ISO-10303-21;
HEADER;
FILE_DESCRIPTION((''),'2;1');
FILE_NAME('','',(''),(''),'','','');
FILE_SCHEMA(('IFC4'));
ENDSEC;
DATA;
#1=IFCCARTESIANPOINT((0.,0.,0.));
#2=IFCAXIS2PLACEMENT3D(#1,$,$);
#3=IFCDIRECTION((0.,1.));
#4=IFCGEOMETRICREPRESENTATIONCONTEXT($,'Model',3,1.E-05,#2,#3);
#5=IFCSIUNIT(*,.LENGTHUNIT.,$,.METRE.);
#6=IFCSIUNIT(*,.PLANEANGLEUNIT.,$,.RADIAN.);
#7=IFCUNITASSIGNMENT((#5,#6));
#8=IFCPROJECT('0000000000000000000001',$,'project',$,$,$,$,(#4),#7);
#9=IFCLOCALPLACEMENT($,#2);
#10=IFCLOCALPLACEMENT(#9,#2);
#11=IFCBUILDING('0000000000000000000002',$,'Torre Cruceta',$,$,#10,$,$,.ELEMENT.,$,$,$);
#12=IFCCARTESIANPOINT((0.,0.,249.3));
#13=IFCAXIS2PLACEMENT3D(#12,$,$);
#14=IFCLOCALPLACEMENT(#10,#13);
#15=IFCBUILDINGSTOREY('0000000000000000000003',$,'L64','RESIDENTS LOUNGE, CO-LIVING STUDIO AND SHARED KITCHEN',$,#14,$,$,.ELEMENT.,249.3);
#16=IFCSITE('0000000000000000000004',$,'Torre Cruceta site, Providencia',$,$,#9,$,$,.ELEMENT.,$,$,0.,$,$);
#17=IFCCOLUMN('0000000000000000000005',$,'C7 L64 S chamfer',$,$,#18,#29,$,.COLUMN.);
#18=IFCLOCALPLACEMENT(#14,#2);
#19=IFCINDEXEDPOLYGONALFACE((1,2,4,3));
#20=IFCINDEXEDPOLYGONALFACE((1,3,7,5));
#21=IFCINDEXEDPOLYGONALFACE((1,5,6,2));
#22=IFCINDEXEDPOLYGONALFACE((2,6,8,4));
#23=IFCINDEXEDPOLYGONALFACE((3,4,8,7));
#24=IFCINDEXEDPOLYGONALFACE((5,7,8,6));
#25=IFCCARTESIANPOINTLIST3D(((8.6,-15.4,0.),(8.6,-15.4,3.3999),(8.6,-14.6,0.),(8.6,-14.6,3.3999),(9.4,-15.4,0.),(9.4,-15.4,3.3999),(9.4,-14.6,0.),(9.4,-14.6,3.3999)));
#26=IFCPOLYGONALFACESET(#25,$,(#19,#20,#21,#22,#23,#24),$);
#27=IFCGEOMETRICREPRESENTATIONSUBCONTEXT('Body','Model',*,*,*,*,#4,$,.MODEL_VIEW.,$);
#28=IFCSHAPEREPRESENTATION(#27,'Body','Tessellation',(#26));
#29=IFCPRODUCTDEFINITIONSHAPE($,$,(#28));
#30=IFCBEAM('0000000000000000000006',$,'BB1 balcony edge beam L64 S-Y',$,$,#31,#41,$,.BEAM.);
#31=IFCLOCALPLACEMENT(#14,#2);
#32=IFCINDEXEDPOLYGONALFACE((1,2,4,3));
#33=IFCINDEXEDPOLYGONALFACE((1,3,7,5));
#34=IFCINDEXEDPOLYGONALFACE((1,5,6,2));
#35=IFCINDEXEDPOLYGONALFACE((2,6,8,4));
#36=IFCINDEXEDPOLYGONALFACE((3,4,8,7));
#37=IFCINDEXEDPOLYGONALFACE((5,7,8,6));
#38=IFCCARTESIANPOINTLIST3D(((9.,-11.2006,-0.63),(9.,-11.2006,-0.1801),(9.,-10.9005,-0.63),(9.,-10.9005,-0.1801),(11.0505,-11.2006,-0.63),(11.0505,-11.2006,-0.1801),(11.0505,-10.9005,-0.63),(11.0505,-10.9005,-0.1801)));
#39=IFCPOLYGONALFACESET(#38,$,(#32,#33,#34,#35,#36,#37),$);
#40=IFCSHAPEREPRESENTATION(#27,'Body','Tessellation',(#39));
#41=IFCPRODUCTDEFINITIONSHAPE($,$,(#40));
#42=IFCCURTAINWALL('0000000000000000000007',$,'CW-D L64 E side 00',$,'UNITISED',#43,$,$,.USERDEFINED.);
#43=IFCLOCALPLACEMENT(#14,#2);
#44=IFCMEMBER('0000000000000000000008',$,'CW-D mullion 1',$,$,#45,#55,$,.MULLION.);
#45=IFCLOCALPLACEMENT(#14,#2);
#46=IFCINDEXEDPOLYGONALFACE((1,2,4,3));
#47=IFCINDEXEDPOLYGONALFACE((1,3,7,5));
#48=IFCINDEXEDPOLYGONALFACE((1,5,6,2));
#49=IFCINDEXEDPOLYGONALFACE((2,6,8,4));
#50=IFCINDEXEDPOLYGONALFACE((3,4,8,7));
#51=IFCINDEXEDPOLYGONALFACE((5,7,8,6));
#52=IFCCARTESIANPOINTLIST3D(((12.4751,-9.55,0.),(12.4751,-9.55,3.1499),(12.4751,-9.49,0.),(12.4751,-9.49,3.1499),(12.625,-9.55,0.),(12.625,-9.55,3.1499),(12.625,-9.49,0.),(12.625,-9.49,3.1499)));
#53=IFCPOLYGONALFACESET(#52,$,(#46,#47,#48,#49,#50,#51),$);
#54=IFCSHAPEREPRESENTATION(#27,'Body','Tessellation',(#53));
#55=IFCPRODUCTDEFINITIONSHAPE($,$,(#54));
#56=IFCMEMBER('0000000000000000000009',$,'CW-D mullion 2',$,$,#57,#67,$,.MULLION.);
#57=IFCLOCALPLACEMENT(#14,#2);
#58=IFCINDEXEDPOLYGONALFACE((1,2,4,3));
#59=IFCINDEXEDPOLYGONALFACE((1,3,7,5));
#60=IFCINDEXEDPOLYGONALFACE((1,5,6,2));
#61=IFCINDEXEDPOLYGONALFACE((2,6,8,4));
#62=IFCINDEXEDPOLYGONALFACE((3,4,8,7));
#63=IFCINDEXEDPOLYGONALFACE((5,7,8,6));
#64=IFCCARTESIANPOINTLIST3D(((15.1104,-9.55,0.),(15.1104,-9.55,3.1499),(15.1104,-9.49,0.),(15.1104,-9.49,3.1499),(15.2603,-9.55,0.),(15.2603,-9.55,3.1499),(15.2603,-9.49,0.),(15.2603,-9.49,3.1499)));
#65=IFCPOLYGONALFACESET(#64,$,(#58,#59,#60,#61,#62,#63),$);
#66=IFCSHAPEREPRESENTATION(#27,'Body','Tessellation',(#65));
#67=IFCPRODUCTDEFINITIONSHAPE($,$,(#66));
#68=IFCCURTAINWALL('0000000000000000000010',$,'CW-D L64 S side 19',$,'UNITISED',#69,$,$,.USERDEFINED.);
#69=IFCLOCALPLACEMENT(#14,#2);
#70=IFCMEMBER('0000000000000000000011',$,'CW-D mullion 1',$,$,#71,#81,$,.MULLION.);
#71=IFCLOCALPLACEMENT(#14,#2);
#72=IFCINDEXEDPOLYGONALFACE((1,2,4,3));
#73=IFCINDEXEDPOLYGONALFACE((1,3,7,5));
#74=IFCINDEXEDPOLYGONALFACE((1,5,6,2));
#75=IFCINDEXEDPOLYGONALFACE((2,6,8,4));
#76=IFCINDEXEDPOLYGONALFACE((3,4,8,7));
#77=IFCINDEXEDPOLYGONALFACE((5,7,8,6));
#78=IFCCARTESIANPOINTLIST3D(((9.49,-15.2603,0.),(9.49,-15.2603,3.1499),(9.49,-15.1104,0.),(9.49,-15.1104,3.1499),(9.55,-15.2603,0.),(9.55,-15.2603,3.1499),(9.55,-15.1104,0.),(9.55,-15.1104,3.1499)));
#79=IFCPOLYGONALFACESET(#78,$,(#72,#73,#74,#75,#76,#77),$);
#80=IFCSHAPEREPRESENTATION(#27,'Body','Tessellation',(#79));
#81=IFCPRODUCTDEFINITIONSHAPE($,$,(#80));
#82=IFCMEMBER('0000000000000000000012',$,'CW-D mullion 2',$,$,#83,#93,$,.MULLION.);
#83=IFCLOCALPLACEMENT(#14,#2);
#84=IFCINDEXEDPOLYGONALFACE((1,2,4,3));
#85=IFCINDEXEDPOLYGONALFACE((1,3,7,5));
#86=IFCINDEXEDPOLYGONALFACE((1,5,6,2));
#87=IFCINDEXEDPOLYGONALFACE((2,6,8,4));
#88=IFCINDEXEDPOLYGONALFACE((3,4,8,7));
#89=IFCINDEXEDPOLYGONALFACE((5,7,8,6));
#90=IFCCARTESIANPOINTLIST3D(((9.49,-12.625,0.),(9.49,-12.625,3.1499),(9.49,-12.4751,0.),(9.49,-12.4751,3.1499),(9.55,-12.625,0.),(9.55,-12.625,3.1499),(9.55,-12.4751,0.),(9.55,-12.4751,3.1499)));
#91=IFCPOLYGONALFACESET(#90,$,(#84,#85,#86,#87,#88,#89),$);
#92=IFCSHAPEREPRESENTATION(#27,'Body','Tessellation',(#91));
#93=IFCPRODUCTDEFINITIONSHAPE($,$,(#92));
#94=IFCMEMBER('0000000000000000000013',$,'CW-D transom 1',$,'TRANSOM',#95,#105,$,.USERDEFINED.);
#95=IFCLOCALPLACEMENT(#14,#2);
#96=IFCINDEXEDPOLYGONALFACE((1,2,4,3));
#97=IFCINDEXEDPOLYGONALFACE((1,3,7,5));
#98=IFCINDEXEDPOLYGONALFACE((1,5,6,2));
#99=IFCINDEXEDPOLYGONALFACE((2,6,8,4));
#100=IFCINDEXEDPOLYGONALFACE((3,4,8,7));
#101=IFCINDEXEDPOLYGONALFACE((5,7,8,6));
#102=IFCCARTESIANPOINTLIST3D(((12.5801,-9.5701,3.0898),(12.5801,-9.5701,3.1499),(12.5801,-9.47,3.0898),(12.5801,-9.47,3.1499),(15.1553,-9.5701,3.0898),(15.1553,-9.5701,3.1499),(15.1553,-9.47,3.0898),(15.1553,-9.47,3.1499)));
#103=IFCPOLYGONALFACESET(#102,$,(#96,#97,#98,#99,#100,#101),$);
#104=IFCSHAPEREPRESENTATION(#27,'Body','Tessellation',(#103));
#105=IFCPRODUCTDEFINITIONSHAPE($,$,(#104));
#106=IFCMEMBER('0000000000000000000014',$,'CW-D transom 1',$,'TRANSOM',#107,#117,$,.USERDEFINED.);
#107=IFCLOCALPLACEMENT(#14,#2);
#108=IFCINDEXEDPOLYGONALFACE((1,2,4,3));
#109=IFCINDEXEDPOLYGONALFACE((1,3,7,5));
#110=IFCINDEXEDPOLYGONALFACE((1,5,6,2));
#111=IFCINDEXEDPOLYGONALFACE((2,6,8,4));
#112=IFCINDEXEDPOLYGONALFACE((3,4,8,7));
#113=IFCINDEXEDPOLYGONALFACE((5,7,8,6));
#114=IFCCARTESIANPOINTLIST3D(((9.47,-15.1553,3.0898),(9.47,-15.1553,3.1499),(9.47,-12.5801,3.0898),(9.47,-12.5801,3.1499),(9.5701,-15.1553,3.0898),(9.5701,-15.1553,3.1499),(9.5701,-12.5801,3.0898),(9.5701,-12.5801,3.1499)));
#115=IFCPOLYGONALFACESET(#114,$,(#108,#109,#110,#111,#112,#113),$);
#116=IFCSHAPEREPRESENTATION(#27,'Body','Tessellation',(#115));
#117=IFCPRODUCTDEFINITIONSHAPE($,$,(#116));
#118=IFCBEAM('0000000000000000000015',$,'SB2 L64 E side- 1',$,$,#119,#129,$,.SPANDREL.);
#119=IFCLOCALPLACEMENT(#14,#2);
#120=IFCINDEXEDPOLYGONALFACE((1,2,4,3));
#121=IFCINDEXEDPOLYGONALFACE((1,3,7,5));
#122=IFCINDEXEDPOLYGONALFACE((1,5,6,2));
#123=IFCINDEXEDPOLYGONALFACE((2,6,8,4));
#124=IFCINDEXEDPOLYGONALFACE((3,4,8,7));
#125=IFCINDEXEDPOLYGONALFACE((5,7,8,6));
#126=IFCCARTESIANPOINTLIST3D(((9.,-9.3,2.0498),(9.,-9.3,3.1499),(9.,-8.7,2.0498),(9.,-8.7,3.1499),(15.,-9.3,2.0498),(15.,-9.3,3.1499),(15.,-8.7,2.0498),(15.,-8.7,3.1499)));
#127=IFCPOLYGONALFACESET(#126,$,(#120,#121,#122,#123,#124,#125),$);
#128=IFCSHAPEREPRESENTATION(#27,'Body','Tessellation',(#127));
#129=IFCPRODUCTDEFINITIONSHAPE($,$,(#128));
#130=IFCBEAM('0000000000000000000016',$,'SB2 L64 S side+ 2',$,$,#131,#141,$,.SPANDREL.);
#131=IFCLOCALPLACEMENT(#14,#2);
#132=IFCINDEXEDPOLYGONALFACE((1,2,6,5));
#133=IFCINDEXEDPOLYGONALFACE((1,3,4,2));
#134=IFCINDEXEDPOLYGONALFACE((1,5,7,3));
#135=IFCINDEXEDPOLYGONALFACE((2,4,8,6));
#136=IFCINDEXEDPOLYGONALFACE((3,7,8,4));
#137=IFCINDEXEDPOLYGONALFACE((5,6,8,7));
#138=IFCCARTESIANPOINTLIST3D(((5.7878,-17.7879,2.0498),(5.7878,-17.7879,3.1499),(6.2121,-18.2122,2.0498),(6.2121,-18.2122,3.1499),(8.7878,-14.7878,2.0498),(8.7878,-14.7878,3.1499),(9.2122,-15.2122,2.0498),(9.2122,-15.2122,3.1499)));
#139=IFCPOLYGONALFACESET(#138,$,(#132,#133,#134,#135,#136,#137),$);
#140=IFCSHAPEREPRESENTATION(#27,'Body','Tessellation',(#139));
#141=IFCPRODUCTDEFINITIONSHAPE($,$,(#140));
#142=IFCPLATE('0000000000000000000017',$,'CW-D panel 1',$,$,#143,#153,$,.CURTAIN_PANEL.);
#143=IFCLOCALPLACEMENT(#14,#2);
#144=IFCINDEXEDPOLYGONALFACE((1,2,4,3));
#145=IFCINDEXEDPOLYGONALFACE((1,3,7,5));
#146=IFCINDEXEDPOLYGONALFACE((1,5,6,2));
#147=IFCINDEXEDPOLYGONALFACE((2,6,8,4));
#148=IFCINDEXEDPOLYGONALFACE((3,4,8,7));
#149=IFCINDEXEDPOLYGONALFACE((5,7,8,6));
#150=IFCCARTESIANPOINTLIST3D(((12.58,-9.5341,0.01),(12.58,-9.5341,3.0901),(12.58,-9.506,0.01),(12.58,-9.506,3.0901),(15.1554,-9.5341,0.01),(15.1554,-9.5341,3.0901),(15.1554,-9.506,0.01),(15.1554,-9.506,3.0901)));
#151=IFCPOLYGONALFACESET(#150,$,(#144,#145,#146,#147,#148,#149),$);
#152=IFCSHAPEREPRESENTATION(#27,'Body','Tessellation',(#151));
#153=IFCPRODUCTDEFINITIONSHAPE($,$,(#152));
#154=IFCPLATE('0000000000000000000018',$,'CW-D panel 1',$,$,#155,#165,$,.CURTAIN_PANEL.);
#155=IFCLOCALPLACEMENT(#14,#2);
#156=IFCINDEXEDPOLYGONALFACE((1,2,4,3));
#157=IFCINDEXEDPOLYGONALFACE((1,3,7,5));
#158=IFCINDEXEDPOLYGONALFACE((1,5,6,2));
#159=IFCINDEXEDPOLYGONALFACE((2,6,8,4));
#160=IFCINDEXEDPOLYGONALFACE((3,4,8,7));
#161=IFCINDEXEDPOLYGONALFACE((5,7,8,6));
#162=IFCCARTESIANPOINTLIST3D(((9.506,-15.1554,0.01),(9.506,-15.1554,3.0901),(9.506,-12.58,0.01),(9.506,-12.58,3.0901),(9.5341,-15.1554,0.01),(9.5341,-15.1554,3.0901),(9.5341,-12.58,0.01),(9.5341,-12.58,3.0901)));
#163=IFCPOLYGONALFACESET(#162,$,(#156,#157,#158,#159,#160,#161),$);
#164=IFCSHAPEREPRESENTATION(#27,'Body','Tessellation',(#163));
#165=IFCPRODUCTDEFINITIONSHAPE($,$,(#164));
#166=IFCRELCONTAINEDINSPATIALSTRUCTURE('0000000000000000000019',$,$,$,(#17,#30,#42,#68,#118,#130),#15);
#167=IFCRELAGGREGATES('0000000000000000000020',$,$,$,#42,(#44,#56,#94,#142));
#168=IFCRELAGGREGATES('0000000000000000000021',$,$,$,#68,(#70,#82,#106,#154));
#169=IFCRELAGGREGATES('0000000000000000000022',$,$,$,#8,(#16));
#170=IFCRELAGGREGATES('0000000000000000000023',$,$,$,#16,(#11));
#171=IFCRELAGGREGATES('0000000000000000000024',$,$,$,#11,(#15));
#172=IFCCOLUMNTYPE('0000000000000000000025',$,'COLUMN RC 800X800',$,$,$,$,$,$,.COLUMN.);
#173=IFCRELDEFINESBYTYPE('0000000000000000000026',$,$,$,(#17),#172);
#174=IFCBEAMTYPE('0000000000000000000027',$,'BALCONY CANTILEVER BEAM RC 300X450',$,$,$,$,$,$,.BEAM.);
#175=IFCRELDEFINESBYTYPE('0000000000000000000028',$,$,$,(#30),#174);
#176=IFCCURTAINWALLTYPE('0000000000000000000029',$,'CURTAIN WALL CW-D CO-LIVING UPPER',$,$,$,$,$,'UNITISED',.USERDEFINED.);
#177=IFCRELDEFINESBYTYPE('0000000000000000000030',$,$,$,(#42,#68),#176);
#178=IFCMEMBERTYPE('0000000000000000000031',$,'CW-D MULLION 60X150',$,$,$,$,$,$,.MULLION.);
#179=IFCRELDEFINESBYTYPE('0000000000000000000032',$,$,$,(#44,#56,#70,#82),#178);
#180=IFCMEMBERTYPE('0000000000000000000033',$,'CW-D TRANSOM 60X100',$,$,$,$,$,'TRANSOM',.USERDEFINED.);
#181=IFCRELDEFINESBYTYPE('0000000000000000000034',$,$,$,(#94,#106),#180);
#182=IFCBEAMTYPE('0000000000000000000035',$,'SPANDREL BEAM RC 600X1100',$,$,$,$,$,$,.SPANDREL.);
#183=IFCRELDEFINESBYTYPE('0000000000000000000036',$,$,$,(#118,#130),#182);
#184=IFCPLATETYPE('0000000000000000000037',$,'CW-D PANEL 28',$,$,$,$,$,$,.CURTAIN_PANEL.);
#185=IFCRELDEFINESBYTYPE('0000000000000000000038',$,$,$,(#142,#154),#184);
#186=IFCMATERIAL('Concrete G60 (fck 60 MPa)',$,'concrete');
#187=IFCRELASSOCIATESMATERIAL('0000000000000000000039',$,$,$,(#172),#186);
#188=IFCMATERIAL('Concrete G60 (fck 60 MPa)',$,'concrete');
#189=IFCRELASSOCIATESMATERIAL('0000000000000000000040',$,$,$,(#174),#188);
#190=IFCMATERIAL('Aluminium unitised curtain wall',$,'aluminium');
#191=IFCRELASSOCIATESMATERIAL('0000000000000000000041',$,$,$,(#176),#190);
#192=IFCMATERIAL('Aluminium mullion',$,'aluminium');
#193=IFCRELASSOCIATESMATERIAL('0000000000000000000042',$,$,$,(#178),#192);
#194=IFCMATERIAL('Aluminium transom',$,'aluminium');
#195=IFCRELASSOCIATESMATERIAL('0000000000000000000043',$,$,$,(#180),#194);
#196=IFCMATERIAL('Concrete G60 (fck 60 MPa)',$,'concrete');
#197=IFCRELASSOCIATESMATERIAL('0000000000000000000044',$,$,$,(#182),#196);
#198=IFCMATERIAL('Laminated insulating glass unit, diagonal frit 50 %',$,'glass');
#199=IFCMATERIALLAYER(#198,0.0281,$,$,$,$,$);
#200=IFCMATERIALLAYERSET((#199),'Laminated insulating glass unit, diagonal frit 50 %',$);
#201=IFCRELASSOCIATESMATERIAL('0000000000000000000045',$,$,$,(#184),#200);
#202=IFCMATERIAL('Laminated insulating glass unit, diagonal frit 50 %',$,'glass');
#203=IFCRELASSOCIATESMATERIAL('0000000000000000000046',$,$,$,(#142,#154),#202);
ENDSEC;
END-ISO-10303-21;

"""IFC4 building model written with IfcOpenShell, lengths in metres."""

from ifc_helpers import new_model, si_unit, direction, frame, origin, origin_2d, place, context, subcontext, project, spatial, rectangle, extrude, material, layer, layer_set, material_profile, profile_set, type_object, element, aggregate, save


model = new_model("IFC4")

# Units and contexts
model_context = context("Model", 3, precision=1e-05, world=origin(), true_north=direction((0.0, 1.0)))
body_context = subcontext(model_context, "Body", "Model", "MODEL_VIEW")
ifc_project = project(units=[si_unit("LENGTHUNIT", "METRE"), si_unit("PLANEANGLEUNIT", "RADIAN")], contexts=[model_context])

# Site, building, storey
site_placement = place(None, origin())
site = spatial("IfcSite", under=ifc_project, at=site_placement, Name="Torre Cruceta site, Providencia", CompositionType="ELEMENT", RefElevation=0.0)
building_placement = place(site_placement, origin())
building = spatial("IfcBuilding", under=site, at=building_placement, Name="Torre Cruceta", CompositionType="ELEMENT")
storey_placement = place(building_placement, frame((0.0, 0.0, 249.3)))
storey = spatial("IfcBuildingStorey", under=building, at=storey_placement, Name="L64", Description="RESIDENTS LOUNGE, CO-LIVING STUDIO AND SHARED KITCHEN", CompositionType="ELEMENT", Elevation=249.3)

# Column
ifc_material_1 = material(Name="Concrete G60 (fck 60 MPa)", Category="concrete")
ifc_material_profile_1 = material_profile(ifc_material_1, rectangle(XDim=0.8, YDim=0.8, at=origin_2d()), Name="RC 800X800")
ifc_profile_set_1 = profile_set([ifc_material_profile_1], Name="Concrete G60 (fck 60 MPa)")
column_type = type_object("IfcColumnType", Name="COLUMN RC 800X800", PredefinedType="COLUMN", material=ifc_profile_set_1)
column_placement = place(storey_placement, frame((9.0, -15.0, 0.0), z_axis=(0.0, 0.0, 1.0), x_axis=(1.0, 0.0, 0.0)))
element("IfcColumn", 1, at=column_placement, inside=storey, type_object=column_type, Name="C7 L64 S chamfer", PredefinedType="COLUMN", context=body_context, shape_type="SweptSolid", body=[
    extrude(rectangle(XDim=0.8, YDim=0.8, at=origin_2d()), origin(), (0.0, 0.0, 1.0), 3.3999),
])

# Beam
ifc_material_2 = material(Name="Concrete G60 (fck 60 MPa)", Category="concrete")
ifc_material_profile_2 = material_profile(ifc_material_2, rectangle(XDim=0.3, YDim=0.45, at=origin_2d()), Name="RC 300X450")
ifc_profile_set_2 = profile_set([ifc_material_profile_2], Name="Concrete G60 (fck 60 MPa)")
beam_type_1 = type_object("IfcBeamType", Name="BALCONY CANTILEVER BEAM RC 300X450", PredefinedType="BEAM", material=ifc_profile_set_2)
beam_1_placement = place(storey_placement, frame((9.0, -11.0505, -0.405), z_axis=(1.0, 0.0, 0.0), x_axis=(0.0, 1.0, 0.0)))
element("IfcBeam", 2, at=beam_1_placement, inside=storey, type_object=beam_type_1, Name="BB1 balcony edge beam L64 S-Y", PredefinedType="BEAM", context=body_context, shape_type="SweptSolid", body=[
    extrude(rectangle(XDim=0.3, YDim=0.45, at=origin_2d()), origin(), (0.0, 0.0, 1.0), 2.0505),
])

# Curtain walls, members
ifc_material_3 = material(Name="Aluminium unitised curtain wall", Category="aluminium")
curtain_wall_type = type_object("IfcCurtainWallType", Name="CURTAIN WALL CW-D CO-LIVING UPPER", ElementType="UNITISED", PredefinedType="USERDEFINED", material=ifc_material_3)
curtain_wall_1_placement = place(storey_placement, origin())
curtain_wall_1 = element("IfcCurtainWall", 3, at=curtain_wall_1_placement, inside=storey, type_object=curtain_wall_type, Name="CW-D L64 E side 00", ObjectType="UNITISED", PredefinedType="USERDEFINED")
ifc_material_4 = material(Name="Aluminium mullion", Category="aluminium")
ifc_material_profile_3 = material_profile(ifc_material_4, rectangle(XDim=0.0601, YDim=0.1499, at=origin_2d()), Name="AL 60X150")
ifc_profile_set_3 = profile_set([ifc_material_profile_3], Name="Aluminium mullion")
member_type_1 = type_object("IfcMemberType", Name="CW-D MULLION 60X150", PredefinedType="MULLION", material=ifc_profile_set_3)
member_1_placement = place(storey_placement, frame((12.55, -9.52, 0.0), z_axis=(0.0, 0.0, 1.0), x_axis=(0.0, 1.0, 0.0)))
member_1 = element("IfcMember", 4, at=member_1_placement, type_object=member_type_1, Name="CW-D mullion 1", PredefinedType="MULLION", context=body_context, shape_type="SweptSolid", body=[
    extrude(rectangle(XDim=0.0601, YDim=0.1499, at=origin_2d()), origin(), (0.0, 0.0, 1.0), 3.1499),
])
member_2_placement = place(storey_placement, frame((15.1853, -9.52, 0.0), z_axis=(0.0, 0.0, 1.0), x_axis=(0.0, 1.0, 0.0)))
member_2 = element("IfcMember", 5, at=member_2_placement, type_object=member_type_1, Name="CW-D mullion 2", PredefinedType="MULLION", context=body_context, shape_type="SweptSolid", body=[
    extrude(rectangle(XDim=0.0601, YDim=0.1499, at=origin_2d()), origin(), (0.0, 0.0, 1.0), 3.1499),
])
curtain_wall_2_placement = place(storey_placement, origin())
curtain_wall_2 = element("IfcCurtainWall", 6, at=curtain_wall_2_placement, inside=storey, type_object=curtain_wall_type, Name="CW-D L64 S side 19", ObjectType="UNITISED", PredefinedType="USERDEFINED")
member_3_placement = place(storey_placement, frame((9.52, -15.1853, 0.0), z_axis=(0.0, 0.0, 1.0), x_axis=(-1.0, 0.0, 0.0)))
member_3 = element("IfcMember", 7, at=member_3_placement, type_object=member_type_1, Name="CW-D mullion 1", PredefinedType="MULLION", context=body_context, shape_type="SweptSolid", body=[
    extrude(rectangle(XDim=0.0601, YDim=0.1499, at=origin_2d()), origin(), (0.0, 0.0, 1.0), 3.1499),
])
member_4_placement = place(storey_placement, frame((9.52, -12.55, 0.0), z_axis=(0.0, 0.0, 1.0), x_axis=(-1.0, 0.0, 0.0)))
member_4 = element("IfcMember", 8, at=member_4_placement, type_object=member_type_1, Name="CW-D mullion 2", PredefinedType="MULLION", context=body_context, shape_type="SweptSolid", body=[
    extrude(rectangle(XDim=0.0601, YDim=0.1499, at=origin_2d()), origin(), (0.0, 0.0, 1.0), 3.1499),
])

# Members
ifc_material_5 = material(Name="Aluminium transom", Category="aluminium")
ifc_material_profile_4 = material_profile(ifc_material_5, rectangle(XDim=0.1001, YDim=0.0601, at=origin_2d()), Name="AL 100X60")
ifc_profile_set_4 = profile_set([ifc_material_profile_4], Name="Aluminium transom")
member_type_2 = type_object("IfcMemberType", Name="CW-D TRANSOM 60X100", ElementType="TRANSOM", PredefinedType="USERDEFINED", material=ifc_profile_set_4)
member_5_placement = place(storey_placement, frame((12.5801, -9.52, 3.1199), z_axis=(1.0, 0.0, 0.0), x_axis=(0.0, 1.0, 0.0)))
member_5 = element("IfcMember", 9, at=member_5_placement, type_object=member_type_2, Name="CW-D transom 1", ObjectType="TRANSOM", PredefinedType="USERDEFINED", context=body_context, shape_type="SweptSolid", body=[
    extrude(rectangle(XDim=0.1001, YDim=0.0601, at=origin_2d()), origin(), (0.0, 0.0, 1.0), 2.5752),
])
member_6_placement = place(storey_placement, frame((9.52, -15.1553, 3.1199), z_axis=(0.0, 1.0, 0.0), x_axis=(-1.0, 0.0, 0.0)))
member_6 = element("IfcMember", 10, at=member_6_placement, type_object=member_type_2, Name="CW-D transom 1", ObjectType="TRANSOM", PredefinedType="USERDEFINED", context=body_context, shape_type="SweptSolid", body=[
    extrude(rectangle(XDim=0.1001, YDim=0.0601, at=origin_2d()), origin(), (0.0, 0.0, 1.0), 2.5752),
])

# Beams
ifc_material_6 = material(Name="Concrete G60 (fck 60 MPa)", Category="concrete")
ifc_material_profile_5 = material_profile(ifc_material_6, rectangle(XDim=0.6001, YDim=1.1001, at=origin_2d()), Name="RC 600X1100")
ifc_profile_set_5 = profile_set([ifc_material_profile_5], Name="Concrete G60 (fck 60 MPa)")
beam_type_2 = type_object("IfcBeamType", Name="SPANDREL BEAM RC 600X1100", PredefinedType="SPANDREL", material=ifc_profile_set_5)
beam_2_placement = place(storey_placement, frame((9.0, -9.0, 2.5999), z_axis=(1.0, 0.0, 0.0), x_axis=(0.0, 1.0, 0.0)))
element("IfcBeam", 11, at=beam_2_placement, inside=storey, type_object=beam_type_2, Name="SB2 L64 E side- 1", PredefinedType="SPANDREL", context=body_context, shape_type="SweptSolid", body=[
    extrude(rectangle(XDim=0.6001, YDim=1.1001, at=origin_2d()), origin(), (0.0, 0.0, 1.0), 6.0),
])
beam_3_placement = place(storey_placement, frame((9.0, -15.0, 2.5999), z_axis=(-0.707107, -0.707107, 0.0), x_axis=(0.707107, -0.707107, 0.0)))
element("IfcBeam", 12, at=beam_3_placement, inside=storey, type_object=beam_type_2, Name="SB2 L64 S side+ 2", PredefinedType="SPANDREL", context=body_context, shape_type="SweptSolid", body=[
    extrude(rectangle(XDim=0.6001, YDim=1.1001, at=origin_2d()), origin(), (0.0, 0.0, 1.0), 4.2427),
])

# Plates
ifc_material_7 = material(Name="Laminated insulating glass unit, diagonal frit 50 %", Category="glass")
ifc_material_8 = material(Name="Laminated insulating glass unit, diagonal frit 50 %", Category="glass")
ifc_layer_1 = layer(ifc_material_8, 0.0281)
ifc_layer_set_1 = layer_set([ifc_layer_1], Name="Laminated insulating glass unit, diagonal frit 50 %")
plate_type = type_object("IfcPlateType", Name="CW-D PANEL 28", PredefinedType="CURTAIN_PANEL", material=ifc_layer_set_1)
plate_1_placement = place(storey_placement, frame((13.8677, -9.52, 0.01), z_axis=(0.0, 0.0, 1.0), x_axis=(1.0, 0.0, 0.0)))
plate_1 = element("IfcPlate", 13, at=plate_1_placement, type_object=plate_type, material=ifc_material_7, Name="CW-D panel 1", PredefinedType="CURTAIN_PANEL", context=body_context, shape_type="SweptSolid", body=[
    extrude(rectangle(XDim=2.5754, YDim=0.0281, at=origin_2d()), origin(), (0.0, 0.0, 1.0), 3.0801),
])
aggregate(curtain_wall_1, [member_1, member_2, member_5, plate_1])
plate_2_placement = place(storey_placement, frame((9.52, -13.8677, 0.01), z_axis=(0.0, 0.0, 1.0), x_axis=(0.0, 1.0, 0.0)))
plate_2 = element("IfcPlate", 14, at=plate_2_placement, type_object=plate_type, material=ifc_material_7, Name="CW-D panel 1", PredefinedType="CURTAIN_PANEL", context=body_context, shape_type="SweptSolid", body=[
    extrude(rectangle(XDim=2.5754, YDim=0.0281, at=origin_2d()), origin(), (0.0, 0.0, 1.0), 3.0801),
])
aggregate(curtain_wall_2, [member_3, member_4, member_6, plate_2])

save(model, "model.ifc")
